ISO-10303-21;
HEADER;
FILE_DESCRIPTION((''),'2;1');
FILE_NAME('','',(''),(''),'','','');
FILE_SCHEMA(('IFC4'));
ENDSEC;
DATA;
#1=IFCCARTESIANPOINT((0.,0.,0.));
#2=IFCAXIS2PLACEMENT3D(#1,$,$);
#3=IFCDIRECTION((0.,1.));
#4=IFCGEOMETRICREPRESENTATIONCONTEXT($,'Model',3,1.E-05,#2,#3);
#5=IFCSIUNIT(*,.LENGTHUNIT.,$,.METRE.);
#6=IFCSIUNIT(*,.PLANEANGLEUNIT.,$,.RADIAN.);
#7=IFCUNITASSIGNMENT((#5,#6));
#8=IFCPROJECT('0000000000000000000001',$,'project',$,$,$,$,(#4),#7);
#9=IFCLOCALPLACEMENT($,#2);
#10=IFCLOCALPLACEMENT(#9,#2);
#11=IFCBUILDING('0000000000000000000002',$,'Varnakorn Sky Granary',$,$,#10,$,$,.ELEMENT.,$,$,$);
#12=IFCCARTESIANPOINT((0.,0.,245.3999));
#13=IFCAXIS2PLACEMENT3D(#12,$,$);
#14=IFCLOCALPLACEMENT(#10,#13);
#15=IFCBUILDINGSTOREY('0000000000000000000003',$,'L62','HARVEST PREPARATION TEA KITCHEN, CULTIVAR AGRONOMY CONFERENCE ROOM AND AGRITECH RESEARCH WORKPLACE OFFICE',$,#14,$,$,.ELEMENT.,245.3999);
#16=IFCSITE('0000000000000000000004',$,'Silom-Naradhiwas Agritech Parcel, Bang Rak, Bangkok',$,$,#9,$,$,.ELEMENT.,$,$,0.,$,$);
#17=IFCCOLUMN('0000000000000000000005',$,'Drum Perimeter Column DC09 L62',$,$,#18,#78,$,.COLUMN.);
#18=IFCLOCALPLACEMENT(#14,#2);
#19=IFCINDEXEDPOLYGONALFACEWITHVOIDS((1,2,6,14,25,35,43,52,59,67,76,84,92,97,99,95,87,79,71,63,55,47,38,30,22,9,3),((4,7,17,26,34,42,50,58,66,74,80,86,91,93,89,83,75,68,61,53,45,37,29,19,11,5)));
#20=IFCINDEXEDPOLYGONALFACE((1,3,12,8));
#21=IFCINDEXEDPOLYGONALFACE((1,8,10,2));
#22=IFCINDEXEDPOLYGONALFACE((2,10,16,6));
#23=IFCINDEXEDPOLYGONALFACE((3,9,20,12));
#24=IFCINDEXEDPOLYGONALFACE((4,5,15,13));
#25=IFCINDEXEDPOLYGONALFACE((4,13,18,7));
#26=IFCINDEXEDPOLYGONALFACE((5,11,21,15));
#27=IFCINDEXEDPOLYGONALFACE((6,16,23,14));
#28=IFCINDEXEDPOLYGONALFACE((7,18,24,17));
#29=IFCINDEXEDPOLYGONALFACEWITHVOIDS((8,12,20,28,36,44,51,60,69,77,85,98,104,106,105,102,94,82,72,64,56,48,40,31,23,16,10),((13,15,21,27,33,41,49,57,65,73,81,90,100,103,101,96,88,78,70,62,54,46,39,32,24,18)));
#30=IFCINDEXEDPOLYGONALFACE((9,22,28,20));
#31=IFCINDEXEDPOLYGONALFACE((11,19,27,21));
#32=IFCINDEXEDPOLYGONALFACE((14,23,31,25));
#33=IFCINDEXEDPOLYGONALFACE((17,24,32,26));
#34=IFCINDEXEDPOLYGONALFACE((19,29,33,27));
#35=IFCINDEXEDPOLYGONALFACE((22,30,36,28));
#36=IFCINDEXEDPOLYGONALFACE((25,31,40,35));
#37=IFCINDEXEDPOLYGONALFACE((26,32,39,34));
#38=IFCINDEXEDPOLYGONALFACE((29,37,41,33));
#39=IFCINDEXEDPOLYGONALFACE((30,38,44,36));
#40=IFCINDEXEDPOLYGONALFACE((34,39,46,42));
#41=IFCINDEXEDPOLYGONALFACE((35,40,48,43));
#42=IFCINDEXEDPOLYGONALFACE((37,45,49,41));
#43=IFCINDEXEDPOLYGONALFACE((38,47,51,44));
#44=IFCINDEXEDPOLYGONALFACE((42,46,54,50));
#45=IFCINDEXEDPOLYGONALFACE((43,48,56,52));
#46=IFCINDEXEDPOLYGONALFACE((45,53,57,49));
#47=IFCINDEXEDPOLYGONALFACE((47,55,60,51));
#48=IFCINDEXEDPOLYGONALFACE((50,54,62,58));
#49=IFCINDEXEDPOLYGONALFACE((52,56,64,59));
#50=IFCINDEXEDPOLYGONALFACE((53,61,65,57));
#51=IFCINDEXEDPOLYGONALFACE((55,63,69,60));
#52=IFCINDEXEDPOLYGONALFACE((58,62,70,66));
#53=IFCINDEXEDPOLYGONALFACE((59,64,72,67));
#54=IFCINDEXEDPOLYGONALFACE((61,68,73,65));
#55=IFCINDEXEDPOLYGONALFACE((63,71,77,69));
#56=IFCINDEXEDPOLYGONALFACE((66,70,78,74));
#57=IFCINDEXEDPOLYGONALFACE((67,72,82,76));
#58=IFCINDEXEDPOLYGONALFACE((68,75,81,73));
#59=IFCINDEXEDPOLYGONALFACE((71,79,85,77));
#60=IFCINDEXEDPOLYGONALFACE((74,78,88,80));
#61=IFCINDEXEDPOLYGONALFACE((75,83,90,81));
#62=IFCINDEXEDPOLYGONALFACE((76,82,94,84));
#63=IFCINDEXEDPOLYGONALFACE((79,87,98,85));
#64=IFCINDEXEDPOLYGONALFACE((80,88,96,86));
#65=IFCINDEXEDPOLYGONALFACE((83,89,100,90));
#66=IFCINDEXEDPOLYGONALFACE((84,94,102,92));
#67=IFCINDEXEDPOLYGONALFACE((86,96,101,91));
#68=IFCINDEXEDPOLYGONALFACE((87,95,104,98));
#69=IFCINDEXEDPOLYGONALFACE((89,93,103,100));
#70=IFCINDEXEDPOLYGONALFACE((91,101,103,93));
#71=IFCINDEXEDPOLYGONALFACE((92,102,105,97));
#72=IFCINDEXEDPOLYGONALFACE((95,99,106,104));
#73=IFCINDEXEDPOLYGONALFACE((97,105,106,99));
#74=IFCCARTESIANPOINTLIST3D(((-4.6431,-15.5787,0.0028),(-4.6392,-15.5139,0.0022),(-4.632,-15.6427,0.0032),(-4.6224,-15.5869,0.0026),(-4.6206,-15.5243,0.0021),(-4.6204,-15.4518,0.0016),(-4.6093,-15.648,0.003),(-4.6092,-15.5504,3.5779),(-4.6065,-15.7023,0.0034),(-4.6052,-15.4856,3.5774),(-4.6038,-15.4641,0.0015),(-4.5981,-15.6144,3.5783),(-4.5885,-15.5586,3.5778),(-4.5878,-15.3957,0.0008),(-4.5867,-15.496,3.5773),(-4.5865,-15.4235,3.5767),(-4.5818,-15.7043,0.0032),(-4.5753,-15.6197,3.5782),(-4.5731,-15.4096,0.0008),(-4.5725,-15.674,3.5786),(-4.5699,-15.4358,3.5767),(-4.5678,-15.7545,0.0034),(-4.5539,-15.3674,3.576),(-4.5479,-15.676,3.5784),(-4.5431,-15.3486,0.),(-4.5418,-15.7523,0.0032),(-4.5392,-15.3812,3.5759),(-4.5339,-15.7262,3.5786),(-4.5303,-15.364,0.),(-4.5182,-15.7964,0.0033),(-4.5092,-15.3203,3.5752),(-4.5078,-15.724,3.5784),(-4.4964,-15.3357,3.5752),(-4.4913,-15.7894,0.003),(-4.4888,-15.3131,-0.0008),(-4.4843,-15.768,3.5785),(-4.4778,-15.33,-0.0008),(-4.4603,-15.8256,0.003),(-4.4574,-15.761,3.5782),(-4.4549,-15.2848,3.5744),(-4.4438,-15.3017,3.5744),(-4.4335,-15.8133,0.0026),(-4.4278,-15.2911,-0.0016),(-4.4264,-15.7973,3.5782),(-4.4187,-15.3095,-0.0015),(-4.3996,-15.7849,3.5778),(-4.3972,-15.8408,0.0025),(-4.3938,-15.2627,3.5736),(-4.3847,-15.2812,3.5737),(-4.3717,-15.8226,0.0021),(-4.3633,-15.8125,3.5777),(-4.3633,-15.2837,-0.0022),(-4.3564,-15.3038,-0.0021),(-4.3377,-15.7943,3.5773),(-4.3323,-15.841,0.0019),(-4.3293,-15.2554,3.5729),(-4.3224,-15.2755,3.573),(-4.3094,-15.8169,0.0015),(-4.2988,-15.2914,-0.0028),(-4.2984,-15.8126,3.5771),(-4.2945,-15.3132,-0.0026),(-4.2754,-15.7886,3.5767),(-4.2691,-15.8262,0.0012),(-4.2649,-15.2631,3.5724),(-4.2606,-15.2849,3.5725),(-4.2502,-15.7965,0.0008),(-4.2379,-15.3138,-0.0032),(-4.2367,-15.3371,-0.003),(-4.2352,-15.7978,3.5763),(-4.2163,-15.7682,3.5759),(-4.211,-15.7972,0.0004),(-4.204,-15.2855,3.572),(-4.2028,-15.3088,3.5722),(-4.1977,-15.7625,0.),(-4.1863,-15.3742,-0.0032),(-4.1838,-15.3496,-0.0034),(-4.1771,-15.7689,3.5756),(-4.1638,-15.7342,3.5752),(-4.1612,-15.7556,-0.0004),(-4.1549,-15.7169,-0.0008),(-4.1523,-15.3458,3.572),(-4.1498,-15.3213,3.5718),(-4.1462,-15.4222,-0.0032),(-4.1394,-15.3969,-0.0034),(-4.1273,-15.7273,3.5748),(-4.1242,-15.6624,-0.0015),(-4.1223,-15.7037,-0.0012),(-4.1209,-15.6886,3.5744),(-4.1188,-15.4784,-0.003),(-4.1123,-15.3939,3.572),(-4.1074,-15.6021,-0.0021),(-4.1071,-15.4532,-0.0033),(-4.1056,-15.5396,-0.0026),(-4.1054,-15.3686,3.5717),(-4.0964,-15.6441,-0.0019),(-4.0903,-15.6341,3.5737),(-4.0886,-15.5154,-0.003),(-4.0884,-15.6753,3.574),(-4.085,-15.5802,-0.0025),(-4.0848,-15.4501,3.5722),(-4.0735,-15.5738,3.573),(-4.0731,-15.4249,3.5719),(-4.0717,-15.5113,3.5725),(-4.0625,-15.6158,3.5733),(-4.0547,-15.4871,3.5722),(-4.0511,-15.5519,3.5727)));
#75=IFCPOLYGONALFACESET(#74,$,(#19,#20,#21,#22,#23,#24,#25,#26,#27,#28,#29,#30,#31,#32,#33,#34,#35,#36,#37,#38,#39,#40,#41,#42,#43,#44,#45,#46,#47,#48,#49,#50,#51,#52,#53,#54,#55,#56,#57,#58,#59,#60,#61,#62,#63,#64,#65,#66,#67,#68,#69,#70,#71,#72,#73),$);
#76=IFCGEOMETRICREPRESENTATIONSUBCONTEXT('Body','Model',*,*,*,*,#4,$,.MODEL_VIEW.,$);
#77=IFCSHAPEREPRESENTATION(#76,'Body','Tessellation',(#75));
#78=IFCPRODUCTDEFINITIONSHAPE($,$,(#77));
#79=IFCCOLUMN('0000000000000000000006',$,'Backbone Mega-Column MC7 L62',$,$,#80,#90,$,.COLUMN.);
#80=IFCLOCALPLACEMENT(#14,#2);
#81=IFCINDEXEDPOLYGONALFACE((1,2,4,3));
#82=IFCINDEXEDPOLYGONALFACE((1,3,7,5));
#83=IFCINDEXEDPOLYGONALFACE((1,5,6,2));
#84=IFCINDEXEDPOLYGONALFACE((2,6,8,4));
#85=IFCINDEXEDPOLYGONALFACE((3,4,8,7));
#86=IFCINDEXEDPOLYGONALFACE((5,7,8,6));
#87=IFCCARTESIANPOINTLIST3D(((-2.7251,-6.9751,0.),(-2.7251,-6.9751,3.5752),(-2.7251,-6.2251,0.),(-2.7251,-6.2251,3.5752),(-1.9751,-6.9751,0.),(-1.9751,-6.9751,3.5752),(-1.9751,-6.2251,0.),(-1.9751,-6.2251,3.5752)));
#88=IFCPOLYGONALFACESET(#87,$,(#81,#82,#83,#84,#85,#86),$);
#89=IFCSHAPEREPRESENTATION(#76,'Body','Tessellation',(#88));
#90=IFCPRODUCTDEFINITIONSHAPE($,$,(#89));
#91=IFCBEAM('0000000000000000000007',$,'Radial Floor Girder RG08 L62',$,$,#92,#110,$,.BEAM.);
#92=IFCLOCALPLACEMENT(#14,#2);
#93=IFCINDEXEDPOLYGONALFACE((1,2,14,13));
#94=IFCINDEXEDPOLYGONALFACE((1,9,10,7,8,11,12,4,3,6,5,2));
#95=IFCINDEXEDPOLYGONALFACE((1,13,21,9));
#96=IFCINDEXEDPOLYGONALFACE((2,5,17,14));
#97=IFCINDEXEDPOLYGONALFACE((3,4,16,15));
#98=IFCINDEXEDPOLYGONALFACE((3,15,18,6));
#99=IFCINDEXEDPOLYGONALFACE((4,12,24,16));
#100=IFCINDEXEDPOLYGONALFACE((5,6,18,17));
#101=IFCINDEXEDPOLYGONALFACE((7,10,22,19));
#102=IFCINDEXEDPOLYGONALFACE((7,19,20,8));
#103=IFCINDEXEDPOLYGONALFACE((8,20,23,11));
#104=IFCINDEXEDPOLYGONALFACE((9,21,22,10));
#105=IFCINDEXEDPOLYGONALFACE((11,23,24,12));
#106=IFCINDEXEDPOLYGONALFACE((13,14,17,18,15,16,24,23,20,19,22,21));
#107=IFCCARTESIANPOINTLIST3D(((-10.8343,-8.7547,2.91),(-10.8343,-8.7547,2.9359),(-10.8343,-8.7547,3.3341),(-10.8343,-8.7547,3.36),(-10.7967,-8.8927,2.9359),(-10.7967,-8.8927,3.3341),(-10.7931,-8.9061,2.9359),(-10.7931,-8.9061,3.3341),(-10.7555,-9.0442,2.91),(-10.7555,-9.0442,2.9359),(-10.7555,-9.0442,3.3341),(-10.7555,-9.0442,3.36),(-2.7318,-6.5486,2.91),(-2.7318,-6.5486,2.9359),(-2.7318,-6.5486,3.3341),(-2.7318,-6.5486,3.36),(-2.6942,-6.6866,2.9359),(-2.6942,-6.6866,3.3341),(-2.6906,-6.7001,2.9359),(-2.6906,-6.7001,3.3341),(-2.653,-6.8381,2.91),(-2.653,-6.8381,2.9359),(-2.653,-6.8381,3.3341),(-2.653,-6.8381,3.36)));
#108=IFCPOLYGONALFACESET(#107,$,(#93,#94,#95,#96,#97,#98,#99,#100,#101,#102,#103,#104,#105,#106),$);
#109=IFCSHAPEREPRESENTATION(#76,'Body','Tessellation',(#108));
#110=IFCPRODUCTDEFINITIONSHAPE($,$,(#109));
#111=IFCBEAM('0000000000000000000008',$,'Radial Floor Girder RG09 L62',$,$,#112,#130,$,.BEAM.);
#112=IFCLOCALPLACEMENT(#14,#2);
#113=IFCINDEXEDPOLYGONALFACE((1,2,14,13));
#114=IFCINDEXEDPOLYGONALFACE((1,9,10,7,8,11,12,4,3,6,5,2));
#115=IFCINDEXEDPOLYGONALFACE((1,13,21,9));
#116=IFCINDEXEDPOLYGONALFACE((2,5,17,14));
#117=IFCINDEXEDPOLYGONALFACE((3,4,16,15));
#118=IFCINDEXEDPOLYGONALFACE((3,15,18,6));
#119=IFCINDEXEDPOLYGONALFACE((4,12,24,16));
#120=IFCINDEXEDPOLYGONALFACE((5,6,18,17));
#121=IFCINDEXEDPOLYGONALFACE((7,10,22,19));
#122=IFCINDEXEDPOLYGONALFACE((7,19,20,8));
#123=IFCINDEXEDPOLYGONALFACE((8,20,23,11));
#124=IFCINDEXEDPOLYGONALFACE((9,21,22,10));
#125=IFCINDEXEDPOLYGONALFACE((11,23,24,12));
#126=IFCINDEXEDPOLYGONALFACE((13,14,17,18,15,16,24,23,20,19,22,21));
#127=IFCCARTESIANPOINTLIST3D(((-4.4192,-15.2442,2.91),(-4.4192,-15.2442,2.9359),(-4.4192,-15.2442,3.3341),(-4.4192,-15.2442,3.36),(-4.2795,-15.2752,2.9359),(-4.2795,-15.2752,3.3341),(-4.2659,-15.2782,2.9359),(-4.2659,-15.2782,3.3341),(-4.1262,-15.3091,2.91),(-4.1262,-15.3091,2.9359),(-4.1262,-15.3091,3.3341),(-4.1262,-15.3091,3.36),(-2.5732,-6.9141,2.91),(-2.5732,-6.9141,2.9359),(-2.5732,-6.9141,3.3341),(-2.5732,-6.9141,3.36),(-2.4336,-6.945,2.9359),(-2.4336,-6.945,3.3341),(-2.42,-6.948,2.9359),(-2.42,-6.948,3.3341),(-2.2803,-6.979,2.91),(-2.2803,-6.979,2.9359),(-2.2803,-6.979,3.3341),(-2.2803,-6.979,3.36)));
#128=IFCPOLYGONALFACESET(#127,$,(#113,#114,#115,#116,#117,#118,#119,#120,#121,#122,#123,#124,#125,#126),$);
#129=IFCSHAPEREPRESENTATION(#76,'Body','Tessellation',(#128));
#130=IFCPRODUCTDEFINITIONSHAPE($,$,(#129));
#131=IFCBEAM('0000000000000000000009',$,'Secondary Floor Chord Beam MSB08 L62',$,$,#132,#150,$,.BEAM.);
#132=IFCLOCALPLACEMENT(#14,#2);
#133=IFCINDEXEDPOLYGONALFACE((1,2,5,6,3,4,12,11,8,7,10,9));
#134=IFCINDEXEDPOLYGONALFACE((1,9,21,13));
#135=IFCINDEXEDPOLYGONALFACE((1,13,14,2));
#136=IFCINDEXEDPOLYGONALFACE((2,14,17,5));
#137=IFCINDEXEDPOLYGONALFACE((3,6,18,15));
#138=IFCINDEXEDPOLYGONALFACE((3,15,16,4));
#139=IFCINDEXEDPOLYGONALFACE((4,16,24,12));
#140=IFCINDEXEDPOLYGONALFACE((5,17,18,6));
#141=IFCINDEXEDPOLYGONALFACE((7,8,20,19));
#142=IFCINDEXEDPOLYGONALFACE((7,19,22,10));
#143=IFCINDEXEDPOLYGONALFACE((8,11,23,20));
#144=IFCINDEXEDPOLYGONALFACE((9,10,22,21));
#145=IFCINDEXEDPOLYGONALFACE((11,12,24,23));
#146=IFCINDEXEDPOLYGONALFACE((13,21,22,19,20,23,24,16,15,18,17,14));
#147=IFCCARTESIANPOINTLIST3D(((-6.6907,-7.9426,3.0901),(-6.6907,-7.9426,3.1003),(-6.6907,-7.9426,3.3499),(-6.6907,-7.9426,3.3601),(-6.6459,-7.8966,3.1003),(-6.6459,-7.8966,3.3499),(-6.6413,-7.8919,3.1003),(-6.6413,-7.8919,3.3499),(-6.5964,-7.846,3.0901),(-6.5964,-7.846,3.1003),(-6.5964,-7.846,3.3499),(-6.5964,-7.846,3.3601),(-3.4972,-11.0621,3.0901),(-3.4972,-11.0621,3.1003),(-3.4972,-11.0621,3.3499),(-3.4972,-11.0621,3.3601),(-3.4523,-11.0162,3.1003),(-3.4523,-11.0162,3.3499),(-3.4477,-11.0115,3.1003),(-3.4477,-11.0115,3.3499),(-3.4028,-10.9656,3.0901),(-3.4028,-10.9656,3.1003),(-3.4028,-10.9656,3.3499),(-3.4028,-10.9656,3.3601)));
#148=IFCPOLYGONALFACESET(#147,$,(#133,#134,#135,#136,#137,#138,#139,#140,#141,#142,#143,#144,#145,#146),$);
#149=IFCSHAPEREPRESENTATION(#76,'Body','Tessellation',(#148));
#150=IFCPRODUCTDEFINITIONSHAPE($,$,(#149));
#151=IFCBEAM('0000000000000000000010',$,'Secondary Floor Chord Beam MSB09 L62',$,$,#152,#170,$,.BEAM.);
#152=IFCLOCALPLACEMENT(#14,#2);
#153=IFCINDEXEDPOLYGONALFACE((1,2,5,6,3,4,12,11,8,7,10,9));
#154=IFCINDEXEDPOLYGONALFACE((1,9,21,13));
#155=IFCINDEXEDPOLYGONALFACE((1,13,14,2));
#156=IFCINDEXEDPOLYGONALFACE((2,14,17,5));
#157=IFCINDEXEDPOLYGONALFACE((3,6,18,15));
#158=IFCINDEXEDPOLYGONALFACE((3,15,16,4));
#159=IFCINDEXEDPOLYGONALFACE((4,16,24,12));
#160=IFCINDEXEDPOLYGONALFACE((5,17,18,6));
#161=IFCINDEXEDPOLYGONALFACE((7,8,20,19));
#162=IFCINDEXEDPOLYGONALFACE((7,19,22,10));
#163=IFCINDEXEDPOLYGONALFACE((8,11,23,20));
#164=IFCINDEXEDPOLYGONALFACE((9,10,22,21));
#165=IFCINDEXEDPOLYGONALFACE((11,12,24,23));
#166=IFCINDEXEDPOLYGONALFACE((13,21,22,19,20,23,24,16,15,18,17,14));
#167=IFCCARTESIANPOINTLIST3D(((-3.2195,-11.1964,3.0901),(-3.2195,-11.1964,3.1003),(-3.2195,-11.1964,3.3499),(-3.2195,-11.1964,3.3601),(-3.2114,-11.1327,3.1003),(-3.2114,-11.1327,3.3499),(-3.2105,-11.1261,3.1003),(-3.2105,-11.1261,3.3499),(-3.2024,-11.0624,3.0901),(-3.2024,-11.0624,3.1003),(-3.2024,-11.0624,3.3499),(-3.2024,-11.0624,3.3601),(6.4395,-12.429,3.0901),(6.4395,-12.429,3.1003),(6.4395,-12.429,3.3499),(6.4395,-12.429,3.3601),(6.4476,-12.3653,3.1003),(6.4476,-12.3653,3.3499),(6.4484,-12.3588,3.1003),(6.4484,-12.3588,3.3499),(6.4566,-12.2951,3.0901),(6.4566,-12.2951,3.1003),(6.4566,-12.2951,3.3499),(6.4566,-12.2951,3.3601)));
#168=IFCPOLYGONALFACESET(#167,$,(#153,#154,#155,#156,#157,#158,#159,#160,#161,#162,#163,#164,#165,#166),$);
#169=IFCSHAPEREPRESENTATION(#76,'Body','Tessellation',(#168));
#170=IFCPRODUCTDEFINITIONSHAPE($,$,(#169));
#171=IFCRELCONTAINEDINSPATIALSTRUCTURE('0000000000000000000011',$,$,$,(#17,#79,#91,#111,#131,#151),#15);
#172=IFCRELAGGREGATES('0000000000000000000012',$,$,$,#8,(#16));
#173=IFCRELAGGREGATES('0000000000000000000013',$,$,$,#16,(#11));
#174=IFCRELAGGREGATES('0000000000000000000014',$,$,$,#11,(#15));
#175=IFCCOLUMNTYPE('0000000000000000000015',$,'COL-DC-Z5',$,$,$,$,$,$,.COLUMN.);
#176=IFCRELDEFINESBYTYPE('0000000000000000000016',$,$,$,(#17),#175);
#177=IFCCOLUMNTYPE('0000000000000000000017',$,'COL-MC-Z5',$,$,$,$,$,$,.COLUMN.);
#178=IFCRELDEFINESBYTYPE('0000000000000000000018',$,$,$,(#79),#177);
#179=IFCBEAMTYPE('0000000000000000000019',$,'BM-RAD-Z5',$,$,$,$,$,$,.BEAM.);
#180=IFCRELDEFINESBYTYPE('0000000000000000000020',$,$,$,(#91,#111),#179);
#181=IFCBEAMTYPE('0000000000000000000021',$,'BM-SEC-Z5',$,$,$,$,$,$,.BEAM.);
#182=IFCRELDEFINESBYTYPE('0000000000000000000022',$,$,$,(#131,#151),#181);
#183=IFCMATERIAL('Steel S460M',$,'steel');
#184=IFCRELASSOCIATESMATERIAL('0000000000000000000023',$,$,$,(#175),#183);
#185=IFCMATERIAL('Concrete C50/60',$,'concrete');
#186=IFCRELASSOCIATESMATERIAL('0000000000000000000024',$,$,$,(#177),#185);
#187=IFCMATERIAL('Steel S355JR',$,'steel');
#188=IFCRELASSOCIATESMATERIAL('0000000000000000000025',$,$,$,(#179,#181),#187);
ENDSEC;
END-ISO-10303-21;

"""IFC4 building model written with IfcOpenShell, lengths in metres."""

from ifc_helpers import new_model, si_unit, direction, frame, origin, origin_2d, place, context, subcontext, project, spatial, rectangle, hollow_circle, i_section, extrude, material, material_profile, profile_set, type_object, element, save


model = new_model("IFC4")

# Units and contexts
model_context = context("Model", 3, precision=1e-05, world=origin(), true_north=direction((0.0, 1.0)))
body_context = subcontext(model_context, "Body", "Model", "MODEL_VIEW")
ifc_project = project(units=[si_unit("LENGTHUNIT", "METRE"), si_unit("PLANEANGLEUNIT", "RADIAN")], contexts=[model_context])

# Site, building, storey
site_placement = place(None, origin())
site = spatial("IfcSite", under=ifc_project, at=site_placement, Name="Silom-Naradhiwas Agritech Parcel, Bang Rak, Bangkok", CompositionType="ELEMENT", RefElevation=0.0)
building_placement = place(site_placement, origin())
building = spatial("IfcBuilding", under=site, at=building_placement, Name="Varnakorn Sky Granary", CompositionType="ELEMENT")
storey_placement = place(building_placement, frame((0.0, 0.0, 245.3999)))
storey = spatial("IfcBuildingStorey", under=building, at=storey_placement, Name="L62", Description="HARVEST PREPARATION TEA KITCHEN, CULTIVAR AGRONOMY CONFERENCE ROOM AND AGRITECH RESEARCH WORKPLACE OFFICE", CompositionType="ELEMENT", Elevation=245.3999)

# Columns
ifc_material_1 = material(Name="Steel S460M", Category="steel")
ifc_material_profile_1 = material_profile(ifc_material_1, hollow_circle(Radius=0.2795, WallThickness=0.02, at=origin_2d()), Name="CHS 559x20")
ifc_profile_set_1 = profile_set([ifc_material_profile_1], Name="Steel S460M")
column_type_1 = type_object("IfcColumnType", Name="COL-DC-Z5", PredefinedType="COLUMN", material=ifc_profile_set_1)
column_1_placement = place(storey_placement, frame((-4.364, -15.5632, 0.0), z_axis=(0.009491, 0.007921, 0.999924), x_axis=(-0.640728, 0.767768, 0.0)))
element("IfcColumn", 1, at=column_1_placement, inside=storey, type_object=column_type_1, Name="Drum Perimeter Column DC09 L62", PredefinedType="COLUMN", context=body_context, shape_type="SweptSolid", body=[
    extrude(hollow_circle(Radius=0.2795, WallThickness=0.02, at=origin_2d()), origin(), (0.0, 0.0, 1.0), 3.5754),
])
ifc_material_2 = material(Name="Concrete C50/60", Category="concrete")
ifc_material_profile_2 = material_profile(ifc_material_2, rectangle(XDim=0.75, YDim=0.75, at=origin_2d()), Name="RC 750x750")
ifc_profile_set_2 = profile_set([ifc_material_profile_2], Name="Concrete C50/60")
column_type_2 = type_object("IfcColumnType", Name="COL-MC-Z5", PredefinedType="COLUMN", material=ifc_profile_set_2)
column_2_placement = place(storey_placement, frame((-2.3501, -6.6001, 0.0), z_axis=(0.0, 0.0, 1.0), x_axis=(1.0, 0.0, 0.0)))
element("IfcColumn", 2, at=column_2_placement, inside=storey, type_object=column_type_2, Name="Backbone Mega-Column MC7 L62", PredefinedType="COLUMN", context=body_context, shape_type="SweptSolid", body=[
    extrude(rectangle(XDim=0.75, YDim=0.75, at=origin_2d()), origin(), (0.0, 0.0, 1.0), 3.5752),
])

# Beams
ifc_material_3 = material(Name="Steel S355JR", Category="steel")
ifc_material_profile_3 = material_profile(ifc_material_3, i_section(OverallWidth=0.3, OverallDepth=0.45, WebThickness=0.0139, FlangeThickness=0.0259, at=origin_2d()), Name="HE 450 B")
ifc_profile_set_3 = profile_set([ifc_material_profile_3], Name="Steel S355JR")
beam_type_1 = type_object("IfcBeamType", Name="BM-RAD-Z5", PredefinedType="BEAM", material=ifc_profile_set_3)
beam_1_placement = place(storey_placement, frame((-2.6924, -6.6934, 3.135), z_axis=(-0.964876, -0.262704, 0.0), x_axis=(0.262704, -0.964876, 0.0)))
element("IfcBeam", 3, at=beam_1_placement, inside=storey, type_object=beam_type_1, Name="Radial Floor Girder RG08 L62", PredefinedType="BEAM", context=body_context, shape_type="SweptSolid", body=[
    extrude(i_section(OverallWidth=0.3, OverallDepth=0.45, WebThickness=0.0139, FlangeThickness=0.0259, at=origin_2d()), origin(), (0.0, 0.0, 1.0), 8.3975),
])
beam_2_placement = place(storey_placement, frame((-2.4268, -6.9465, 3.135), z_axis=(-0.216352, -0.976315, 0.0), x_axis=(0.976315, -0.216352, 0.0)))
element("IfcBeam", 4, at=beam_2_placement, inside=storey, type_object=beam_type_1, Name="Radial Floor Girder RG09 L62", PredefinedType="BEAM", context=body_context, shape_type="SweptSolid", body=[
    extrude(i_section(OverallWidth=0.3, OverallDepth=0.45, WebThickness=0.0139, FlangeThickness=0.0259, at=origin_2d()), origin(), (0.0, 0.0, 1.0), 8.5322),
])
ifc_material_profile_4 = material_profile(ifc_material_3, i_section(OverallWidth=0.135, OverallDepth=0.27, WebThickness=0.0066, FlangeThickness=0.0103, at=origin_2d()), Name="IPE 270")
ifc_profile_set_4 = profile_set([ifc_material_profile_4], Name="Steel S355JR")
beam_type_2 = type_object("IfcBeamType", Name="BM-SEC-Z5", PredefinedType="BEAM", material=ifc_profile_set_4)
beam_3_placement = place(storey_placement, frame((-6.6436, -7.8943, 3.2251), z_axis=(0.715343, -0.698773, 0.0), x_axis=(0.698773, 0.715343, 0.0)))
element("IfcBeam", 5, at=beam_3_placement, inside=storey, type_object=beam_type_2, Name="Secondary Floor Chord Beam MSB08 L62", PredefinedType="BEAM", context=body_context, shape_type="SweptSolid", body=[
    extrude(i_section(OverallWidth=0.135, OverallDepth=0.27, WebThickness=0.0066, FlangeThickness=0.0103, at=origin_2d()), origin(), (0.0, 0.0, 1.0), 4.4644),
])
beam_4_placement = place(storey_placement, frame((-3.2109, -11.1294, 3.2251), z_axis=(0.991955, -0.126593, 0.0), x_axis=(0.126593, 0.991955, 0.0)))
element("IfcBeam", 6, at=beam_4_placement, inside=storey, type_object=beam_type_2, Name="Secondary Floor Chord Beam MSB09 L62", PredefinedType="BEAM", context=body_context, shape_type="SweptSolid", body=[
    extrude(i_section(OverallWidth=0.135, OverallDepth=0.27, WebThickness=0.0066, FlangeThickness=0.0103, at=origin_2d()), origin(), (0.0, 0.0, 1.0), 9.7373),
])

save(model, "model.ifc")
